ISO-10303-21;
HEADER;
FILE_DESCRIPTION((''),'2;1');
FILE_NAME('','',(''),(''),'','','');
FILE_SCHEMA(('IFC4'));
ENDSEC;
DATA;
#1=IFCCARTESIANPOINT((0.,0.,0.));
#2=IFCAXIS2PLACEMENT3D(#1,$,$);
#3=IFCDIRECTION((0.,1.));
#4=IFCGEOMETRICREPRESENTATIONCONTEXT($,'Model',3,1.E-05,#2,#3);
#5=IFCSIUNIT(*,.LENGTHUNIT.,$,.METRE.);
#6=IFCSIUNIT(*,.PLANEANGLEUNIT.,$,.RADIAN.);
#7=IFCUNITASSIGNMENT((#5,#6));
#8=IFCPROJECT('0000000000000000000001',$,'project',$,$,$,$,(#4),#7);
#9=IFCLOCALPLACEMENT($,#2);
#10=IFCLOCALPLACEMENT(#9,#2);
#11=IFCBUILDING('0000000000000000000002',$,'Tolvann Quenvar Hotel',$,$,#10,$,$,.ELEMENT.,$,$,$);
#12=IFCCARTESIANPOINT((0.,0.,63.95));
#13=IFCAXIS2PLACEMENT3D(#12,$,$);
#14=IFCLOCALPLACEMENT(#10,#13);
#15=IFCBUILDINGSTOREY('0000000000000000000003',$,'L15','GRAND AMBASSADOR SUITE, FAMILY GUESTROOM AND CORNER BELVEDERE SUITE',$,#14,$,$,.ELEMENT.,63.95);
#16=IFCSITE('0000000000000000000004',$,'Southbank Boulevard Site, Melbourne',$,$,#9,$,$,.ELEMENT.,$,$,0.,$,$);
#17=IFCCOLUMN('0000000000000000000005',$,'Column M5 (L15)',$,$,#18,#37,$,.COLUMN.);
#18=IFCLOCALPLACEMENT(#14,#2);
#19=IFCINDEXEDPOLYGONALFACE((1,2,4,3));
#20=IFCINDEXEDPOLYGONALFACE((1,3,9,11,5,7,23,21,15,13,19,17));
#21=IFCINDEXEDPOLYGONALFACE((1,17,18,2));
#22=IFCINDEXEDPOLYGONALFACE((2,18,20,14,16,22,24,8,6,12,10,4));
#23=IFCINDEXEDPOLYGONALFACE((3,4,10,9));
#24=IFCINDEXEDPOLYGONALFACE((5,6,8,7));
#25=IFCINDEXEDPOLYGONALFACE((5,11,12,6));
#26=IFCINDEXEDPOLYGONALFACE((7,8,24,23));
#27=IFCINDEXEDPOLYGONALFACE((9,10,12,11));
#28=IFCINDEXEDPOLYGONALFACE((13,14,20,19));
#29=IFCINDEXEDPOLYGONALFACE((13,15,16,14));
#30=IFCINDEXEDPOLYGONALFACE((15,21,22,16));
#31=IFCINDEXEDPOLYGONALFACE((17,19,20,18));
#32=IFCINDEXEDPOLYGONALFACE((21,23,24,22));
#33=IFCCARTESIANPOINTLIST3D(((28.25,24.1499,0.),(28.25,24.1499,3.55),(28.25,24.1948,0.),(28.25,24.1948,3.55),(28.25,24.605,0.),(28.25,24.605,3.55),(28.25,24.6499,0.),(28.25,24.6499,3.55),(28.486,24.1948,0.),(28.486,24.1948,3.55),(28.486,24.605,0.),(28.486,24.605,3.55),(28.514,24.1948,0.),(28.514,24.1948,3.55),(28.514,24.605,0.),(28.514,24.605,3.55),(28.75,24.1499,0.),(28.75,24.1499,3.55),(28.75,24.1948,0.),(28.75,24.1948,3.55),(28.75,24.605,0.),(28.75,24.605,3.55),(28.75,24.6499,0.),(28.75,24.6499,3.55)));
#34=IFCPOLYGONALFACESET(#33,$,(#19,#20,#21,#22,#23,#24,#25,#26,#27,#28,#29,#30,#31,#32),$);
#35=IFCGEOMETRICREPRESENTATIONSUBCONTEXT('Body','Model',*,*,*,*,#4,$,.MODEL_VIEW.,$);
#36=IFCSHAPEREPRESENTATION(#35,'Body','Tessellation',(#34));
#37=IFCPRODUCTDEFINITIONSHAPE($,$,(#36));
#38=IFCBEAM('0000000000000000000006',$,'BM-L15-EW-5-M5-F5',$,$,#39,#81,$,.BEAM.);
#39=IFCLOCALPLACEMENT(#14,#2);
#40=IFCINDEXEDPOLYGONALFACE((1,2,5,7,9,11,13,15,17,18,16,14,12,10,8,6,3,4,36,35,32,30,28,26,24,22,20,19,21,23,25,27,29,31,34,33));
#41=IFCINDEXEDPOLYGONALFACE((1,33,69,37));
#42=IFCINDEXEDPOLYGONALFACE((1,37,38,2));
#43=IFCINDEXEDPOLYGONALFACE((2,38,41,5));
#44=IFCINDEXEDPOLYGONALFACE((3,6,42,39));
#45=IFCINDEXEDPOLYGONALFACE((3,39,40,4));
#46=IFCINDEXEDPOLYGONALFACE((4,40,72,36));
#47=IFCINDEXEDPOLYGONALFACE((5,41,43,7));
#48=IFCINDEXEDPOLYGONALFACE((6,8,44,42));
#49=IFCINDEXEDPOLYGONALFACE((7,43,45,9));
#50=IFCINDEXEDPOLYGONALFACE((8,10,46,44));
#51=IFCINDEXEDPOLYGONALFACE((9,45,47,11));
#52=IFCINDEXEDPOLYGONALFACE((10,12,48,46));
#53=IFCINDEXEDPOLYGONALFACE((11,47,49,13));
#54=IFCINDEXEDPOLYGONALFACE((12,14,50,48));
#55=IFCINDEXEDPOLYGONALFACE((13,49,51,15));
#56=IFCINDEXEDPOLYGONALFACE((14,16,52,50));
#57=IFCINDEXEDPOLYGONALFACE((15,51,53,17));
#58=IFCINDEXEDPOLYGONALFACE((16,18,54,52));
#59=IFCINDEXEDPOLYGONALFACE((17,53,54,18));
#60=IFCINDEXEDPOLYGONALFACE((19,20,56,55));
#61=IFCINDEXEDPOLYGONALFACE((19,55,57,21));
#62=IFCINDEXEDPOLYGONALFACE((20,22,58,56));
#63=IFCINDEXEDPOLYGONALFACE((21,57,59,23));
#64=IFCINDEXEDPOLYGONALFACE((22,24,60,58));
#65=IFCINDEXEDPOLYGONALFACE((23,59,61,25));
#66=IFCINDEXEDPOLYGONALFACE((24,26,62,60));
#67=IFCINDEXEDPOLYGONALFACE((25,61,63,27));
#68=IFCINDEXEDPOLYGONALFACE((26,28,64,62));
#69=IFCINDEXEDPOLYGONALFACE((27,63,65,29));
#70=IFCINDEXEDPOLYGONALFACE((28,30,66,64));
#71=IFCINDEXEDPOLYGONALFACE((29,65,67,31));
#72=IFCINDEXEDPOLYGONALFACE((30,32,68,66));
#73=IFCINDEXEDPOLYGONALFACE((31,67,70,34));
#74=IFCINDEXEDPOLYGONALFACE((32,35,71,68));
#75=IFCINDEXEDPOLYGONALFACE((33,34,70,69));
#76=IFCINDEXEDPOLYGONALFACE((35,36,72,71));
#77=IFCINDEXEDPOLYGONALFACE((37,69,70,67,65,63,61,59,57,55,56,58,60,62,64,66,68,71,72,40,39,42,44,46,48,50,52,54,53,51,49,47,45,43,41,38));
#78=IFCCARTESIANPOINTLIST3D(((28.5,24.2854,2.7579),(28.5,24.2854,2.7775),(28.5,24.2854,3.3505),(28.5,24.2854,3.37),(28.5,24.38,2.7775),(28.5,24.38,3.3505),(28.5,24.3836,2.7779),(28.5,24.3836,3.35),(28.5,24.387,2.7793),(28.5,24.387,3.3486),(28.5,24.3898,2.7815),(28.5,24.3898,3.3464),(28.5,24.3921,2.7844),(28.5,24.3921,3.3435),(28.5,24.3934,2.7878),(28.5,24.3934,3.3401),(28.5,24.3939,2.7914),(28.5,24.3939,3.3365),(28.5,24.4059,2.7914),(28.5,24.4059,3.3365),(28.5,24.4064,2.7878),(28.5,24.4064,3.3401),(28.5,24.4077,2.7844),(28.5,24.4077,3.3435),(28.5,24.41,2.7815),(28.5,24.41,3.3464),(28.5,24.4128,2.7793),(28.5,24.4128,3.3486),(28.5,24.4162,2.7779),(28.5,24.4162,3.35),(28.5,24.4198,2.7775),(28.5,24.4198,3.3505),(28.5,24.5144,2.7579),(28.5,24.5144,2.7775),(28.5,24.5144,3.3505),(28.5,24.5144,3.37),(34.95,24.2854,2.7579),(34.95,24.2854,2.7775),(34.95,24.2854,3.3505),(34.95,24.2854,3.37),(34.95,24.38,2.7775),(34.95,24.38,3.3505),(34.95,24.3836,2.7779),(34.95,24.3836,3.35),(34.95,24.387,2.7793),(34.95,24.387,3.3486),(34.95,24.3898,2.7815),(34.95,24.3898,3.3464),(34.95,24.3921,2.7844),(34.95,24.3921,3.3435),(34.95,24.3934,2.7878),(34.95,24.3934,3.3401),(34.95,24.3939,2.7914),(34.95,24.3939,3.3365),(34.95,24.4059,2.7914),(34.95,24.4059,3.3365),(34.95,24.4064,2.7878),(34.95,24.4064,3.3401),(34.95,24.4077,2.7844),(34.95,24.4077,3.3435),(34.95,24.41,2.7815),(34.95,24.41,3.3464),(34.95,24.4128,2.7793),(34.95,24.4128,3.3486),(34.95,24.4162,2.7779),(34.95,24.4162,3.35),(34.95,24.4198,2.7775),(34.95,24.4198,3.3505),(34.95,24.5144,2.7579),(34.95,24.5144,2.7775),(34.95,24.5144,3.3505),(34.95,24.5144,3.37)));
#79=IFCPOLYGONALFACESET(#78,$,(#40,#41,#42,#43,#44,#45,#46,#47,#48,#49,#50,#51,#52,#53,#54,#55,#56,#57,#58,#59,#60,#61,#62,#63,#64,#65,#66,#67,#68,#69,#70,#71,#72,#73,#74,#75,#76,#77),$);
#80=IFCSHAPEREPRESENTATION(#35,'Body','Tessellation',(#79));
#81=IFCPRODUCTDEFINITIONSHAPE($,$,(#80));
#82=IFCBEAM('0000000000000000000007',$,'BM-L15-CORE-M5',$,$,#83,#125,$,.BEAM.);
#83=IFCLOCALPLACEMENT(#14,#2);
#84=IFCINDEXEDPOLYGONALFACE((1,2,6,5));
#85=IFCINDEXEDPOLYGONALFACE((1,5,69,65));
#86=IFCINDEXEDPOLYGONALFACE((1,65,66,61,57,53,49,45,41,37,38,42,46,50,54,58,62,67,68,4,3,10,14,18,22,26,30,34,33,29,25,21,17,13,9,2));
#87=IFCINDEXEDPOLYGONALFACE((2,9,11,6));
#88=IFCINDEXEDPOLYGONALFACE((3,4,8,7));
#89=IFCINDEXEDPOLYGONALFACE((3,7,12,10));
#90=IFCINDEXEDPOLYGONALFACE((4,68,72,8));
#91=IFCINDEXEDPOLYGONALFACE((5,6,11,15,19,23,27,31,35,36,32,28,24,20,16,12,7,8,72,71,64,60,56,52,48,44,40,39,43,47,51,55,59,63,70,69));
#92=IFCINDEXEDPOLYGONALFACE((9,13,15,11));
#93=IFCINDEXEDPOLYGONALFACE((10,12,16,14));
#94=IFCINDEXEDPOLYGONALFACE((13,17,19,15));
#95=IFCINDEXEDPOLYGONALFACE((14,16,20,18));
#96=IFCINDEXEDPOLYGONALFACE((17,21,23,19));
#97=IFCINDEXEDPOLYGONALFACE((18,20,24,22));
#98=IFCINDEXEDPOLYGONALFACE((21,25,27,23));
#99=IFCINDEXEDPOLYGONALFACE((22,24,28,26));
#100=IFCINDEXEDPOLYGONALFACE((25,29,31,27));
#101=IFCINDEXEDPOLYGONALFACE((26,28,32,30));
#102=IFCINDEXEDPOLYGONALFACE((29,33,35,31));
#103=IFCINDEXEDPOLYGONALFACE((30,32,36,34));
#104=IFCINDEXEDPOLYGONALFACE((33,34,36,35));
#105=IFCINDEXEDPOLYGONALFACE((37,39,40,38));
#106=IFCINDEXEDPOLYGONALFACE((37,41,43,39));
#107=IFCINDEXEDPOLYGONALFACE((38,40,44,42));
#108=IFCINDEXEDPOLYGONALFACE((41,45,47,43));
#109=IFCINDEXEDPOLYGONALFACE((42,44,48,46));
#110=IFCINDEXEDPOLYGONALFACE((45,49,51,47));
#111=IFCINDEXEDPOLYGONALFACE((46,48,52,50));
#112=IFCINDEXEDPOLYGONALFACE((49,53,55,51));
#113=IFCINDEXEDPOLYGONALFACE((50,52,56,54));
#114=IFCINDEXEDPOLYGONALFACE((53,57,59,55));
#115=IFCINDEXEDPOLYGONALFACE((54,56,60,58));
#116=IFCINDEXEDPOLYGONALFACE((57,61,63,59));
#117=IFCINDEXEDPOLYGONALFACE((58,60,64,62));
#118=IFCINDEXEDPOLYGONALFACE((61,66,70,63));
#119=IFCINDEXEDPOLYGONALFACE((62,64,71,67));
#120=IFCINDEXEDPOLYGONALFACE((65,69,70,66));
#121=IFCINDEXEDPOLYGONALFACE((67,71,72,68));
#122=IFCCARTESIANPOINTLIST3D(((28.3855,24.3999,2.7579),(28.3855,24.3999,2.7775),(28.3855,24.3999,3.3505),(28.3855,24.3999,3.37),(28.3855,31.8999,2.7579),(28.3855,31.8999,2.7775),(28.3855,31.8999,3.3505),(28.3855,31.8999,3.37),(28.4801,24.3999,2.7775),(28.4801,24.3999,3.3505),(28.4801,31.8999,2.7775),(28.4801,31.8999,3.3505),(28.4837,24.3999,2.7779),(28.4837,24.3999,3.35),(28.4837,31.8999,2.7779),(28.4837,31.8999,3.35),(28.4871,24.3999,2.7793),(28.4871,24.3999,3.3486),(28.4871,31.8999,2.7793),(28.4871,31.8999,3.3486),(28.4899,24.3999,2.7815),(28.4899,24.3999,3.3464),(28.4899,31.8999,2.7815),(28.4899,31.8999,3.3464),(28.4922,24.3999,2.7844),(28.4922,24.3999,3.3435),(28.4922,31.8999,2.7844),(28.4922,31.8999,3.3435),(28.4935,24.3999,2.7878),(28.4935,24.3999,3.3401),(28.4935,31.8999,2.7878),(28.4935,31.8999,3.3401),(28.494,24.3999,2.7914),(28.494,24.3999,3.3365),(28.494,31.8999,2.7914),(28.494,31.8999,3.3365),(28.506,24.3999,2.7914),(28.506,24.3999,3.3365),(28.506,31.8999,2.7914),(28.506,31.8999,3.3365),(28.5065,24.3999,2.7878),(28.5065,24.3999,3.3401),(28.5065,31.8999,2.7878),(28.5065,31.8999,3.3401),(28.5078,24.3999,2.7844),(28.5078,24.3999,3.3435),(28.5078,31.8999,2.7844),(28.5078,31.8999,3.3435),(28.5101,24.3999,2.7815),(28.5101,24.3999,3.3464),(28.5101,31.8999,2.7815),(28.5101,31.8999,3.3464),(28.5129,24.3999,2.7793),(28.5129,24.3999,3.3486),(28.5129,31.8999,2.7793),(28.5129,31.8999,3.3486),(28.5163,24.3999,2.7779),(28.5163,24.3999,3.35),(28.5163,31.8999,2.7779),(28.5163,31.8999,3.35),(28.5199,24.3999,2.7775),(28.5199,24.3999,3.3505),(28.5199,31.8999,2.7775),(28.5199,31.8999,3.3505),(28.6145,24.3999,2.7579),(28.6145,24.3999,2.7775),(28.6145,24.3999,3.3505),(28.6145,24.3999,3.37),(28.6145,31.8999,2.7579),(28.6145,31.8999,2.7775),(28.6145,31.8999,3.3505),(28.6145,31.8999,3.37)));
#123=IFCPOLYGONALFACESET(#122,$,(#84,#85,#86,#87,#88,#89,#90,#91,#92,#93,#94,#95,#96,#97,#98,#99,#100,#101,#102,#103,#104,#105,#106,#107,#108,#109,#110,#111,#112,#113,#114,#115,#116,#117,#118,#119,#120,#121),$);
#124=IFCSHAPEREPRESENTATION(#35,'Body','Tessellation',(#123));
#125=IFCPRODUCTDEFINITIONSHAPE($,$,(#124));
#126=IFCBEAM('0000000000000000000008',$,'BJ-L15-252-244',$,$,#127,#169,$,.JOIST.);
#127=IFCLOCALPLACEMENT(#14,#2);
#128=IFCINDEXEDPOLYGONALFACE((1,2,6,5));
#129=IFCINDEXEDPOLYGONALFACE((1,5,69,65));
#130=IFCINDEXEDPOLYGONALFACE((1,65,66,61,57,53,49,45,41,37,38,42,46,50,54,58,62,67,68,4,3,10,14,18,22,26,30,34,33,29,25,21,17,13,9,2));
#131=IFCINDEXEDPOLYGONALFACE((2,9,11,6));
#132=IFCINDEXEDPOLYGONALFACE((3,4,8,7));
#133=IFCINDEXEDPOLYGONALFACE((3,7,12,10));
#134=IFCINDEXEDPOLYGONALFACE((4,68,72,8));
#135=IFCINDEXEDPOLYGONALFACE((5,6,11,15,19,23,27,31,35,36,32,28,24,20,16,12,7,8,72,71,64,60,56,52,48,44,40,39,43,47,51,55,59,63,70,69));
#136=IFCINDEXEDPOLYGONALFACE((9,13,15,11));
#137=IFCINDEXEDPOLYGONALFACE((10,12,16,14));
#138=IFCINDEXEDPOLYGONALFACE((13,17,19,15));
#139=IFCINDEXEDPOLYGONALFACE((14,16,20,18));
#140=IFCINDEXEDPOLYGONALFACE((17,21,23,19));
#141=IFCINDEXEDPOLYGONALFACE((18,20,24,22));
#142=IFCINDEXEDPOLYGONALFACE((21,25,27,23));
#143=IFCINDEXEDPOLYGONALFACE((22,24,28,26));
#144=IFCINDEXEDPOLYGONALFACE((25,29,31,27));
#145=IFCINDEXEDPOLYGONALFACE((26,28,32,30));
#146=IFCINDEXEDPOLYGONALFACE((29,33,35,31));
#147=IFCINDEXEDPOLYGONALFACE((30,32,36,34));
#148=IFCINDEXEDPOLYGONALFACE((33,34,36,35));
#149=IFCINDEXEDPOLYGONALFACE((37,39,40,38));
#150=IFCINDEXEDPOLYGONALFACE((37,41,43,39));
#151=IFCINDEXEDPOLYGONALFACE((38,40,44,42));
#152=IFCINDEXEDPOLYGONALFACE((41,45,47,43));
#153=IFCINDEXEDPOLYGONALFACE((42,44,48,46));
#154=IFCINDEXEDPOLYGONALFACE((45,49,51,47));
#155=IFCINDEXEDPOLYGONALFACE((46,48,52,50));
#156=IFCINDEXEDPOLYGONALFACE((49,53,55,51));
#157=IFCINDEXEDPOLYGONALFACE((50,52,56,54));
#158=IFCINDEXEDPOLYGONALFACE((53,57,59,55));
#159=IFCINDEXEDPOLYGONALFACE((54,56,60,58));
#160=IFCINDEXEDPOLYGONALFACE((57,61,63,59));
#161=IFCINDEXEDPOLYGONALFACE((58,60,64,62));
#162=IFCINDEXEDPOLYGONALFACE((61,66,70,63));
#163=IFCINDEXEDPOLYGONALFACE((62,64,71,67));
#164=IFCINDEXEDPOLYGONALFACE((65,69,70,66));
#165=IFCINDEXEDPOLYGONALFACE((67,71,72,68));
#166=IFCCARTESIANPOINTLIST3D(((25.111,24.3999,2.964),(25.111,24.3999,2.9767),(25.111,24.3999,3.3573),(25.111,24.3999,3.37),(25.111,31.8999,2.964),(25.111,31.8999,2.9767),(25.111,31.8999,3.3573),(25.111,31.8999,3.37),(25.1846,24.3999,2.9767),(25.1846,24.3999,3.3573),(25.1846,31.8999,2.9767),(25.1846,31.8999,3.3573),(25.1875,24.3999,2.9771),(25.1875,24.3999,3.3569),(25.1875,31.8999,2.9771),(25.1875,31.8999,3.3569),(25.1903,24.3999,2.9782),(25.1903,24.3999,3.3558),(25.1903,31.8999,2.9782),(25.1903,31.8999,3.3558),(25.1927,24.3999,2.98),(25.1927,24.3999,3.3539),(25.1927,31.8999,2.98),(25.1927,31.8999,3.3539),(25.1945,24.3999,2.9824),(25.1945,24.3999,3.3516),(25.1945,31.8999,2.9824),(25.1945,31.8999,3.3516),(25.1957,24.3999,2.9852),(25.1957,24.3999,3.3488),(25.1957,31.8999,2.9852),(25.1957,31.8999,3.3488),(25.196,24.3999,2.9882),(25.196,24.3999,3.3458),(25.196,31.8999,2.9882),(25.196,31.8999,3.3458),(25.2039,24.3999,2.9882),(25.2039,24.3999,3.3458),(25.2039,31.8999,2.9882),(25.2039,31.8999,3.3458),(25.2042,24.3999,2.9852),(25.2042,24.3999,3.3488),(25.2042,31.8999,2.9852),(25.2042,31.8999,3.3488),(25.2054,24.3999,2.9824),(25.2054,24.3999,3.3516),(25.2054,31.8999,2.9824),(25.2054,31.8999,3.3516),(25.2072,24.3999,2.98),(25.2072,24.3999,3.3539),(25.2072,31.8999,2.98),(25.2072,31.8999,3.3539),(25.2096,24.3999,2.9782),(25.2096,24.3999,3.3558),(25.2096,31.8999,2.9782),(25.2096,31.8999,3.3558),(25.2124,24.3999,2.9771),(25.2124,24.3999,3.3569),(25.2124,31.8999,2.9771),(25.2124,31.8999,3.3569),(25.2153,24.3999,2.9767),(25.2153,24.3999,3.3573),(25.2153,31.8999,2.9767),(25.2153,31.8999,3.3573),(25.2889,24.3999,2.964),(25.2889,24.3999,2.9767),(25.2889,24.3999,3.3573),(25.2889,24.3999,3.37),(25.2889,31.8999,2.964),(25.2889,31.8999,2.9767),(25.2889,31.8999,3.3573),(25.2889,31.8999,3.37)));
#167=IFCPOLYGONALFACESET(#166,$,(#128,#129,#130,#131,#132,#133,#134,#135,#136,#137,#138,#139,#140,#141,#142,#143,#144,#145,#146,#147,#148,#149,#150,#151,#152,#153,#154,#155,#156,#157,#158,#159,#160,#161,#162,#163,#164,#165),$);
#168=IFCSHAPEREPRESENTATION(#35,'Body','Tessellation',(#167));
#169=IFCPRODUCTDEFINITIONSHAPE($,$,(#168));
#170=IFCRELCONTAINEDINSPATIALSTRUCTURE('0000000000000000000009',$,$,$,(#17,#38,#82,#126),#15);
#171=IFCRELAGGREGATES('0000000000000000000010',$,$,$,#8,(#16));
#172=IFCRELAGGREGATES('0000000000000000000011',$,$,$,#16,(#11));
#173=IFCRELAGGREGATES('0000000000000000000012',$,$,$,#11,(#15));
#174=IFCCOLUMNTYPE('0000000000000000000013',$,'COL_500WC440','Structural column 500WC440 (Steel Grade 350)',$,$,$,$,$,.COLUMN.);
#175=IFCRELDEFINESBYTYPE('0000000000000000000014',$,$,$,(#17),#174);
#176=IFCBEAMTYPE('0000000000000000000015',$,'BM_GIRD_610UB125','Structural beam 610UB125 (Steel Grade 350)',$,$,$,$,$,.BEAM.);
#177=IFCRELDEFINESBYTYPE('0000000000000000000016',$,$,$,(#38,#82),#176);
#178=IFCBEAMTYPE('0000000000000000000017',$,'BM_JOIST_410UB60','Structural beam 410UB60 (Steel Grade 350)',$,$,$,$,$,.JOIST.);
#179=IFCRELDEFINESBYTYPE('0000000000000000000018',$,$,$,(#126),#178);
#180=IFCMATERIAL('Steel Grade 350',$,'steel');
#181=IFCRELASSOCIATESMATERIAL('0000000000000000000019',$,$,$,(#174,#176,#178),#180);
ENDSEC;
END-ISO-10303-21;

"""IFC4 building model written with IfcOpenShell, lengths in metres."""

from ifc_helpers import new_model, si_unit, direction, frame, origin, origin_2d, place, context, subcontext, project, spatial, i_section, extrude, source, transform, mapped, material, material_profile, profile_set, type_object, type_shapes, element, save


model = new_model("IFC4")

# Units and contexts
model_context = context("Model", 3, precision=1e-05, world=origin(), true_north=direction((0.0, 1.0)))
body_context = subcontext(model_context, "Body", "Model", "MODEL_VIEW")
ifc_project = project(units=[si_unit("LENGTHUNIT", "METRE"), si_unit("PLANEANGLEUNIT", "RADIAN")], contexts=[model_context])

# Site, building, storey
site_placement = place(None, origin())
site = spatial("IfcSite", under=ifc_project, at=site_placement, Name="Southbank Boulevard Site, Melbourne", CompositionType="ELEMENT", RefElevation=0.0)
building_placement = place(site_placement, origin())
building = spatial("IfcBuilding", under=site, at=building_placement, Name="Tolvann Quenvar Hotel", CompositionType="ELEMENT")
storey_placement = place(building_placement, frame((0.0, 0.0, 63.95)))
storey = spatial("IfcBuildingStorey", under=building, at=storey_placement, Name="L15", Description="GRAND AMBASSADOR SUITE, FAMILY GUESTROOM AND CORNER BELVEDERE SUITE", CompositionType="ELEMENT", Elevation=63.95)

# Column
ifc_material_1 = material(Name="Steel Grade 350", Category="steel")
ifc_material_profile_1 = material_profile(ifc_material_1, i_section(OverallWidth=0.5, OverallDepth=0.5, WebThickness=0.0281, FlangeThickness=0.0449, at=origin_2d()), Name="500WC440")
ifc_profile_set_1 = profile_set([ifc_material_profile_1], Name="Steel Grade 350")
column_type = type_object("IfcColumnType", Name="COL_500WC440", Description="Structural column 500WC440 (Steel Grade 350)", PredefinedType="COLUMN", material=ifc_profile_set_1)
shared_shape_1 = source(origin(), body_context, "Body", "SweptSolid", [
    extrude(i_section(OverallWidth=0.5, OverallDepth=0.5, WebThickness=0.0281, FlangeThickness=0.0449, at=origin_2d()), origin(), (0.0, 0.0, 1.0), 3.55),
])
type_shapes(column_type, [shared_shape_1])
column_placement = place(storey_placement, frame((28.5, 24.3999, 0.0), z_axis=(0.0, 0.0, 1.0), x_axis=(1.0, 0.0, 0.0)))
element("IfcColumn", 1, at=column_placement, inside=storey, type_object=column_type, Name="Column M5 (L15)", PredefinedType="COLUMN", context=body_context, shape_type="MappedRepresentation", body=[
    mapped(shared_shape_1, transform((0.0, 0.0, 0.0), x_axis=(1.0, 0.0, 0.0), y_axis=(0.0, 1.0, 0.0), z_axis=(0.0, 0.0, 1.0), scale=1.0)),
])

# Beams
ifc_material_profile_2 = material_profile(ifc_material_1, i_section(OverallWidth=0.229, OverallDepth=0.6121, WebThickness=0.012, FlangeThickness=0.0195, FilletRadius=0.0139, at=origin_2d()), Name="610UB125")
ifc_profile_set_2 = profile_set([ifc_material_profile_2], Name="Steel Grade 350")
beam_type_1 = type_object("IfcBeamType", Name="BM_GIRD_610UB125", Description="Structural beam 610UB125 (Steel Grade 350)", PredefinedType="BEAM", material=ifc_profile_set_2)
shared_shape_2 = source(origin(), body_context, "Body", "SweptSolid", [
    extrude(i_section(OverallWidth=0.229, OverallDepth=0.6121, WebThickness=0.012, FlangeThickness=0.0195, FilletRadius=0.0139, at=origin_2d()), origin(), (0.0, 0.0, 1.0), 6.45),
])
beam_1_placement = place(storey_placement, frame((28.5, 24.3999, 3.064), z_axis=(1.0, 0.0, 0.0), x_axis=(0.0, 1.0, 0.0)))
element("IfcBeam", 2, at=beam_1_placement, inside=storey, type_object=beam_type_1, Name="BM-L15-EW-5-M5-F5", PredefinedType="BEAM", context=body_context, shape_type="MappedRepresentation", body=[
    mapped(shared_shape_2, transform((0.0, 0.0, 0.0), x_axis=(1.0, 0.0, 0.0), y_axis=(0.0, 1.0, 0.0), z_axis=(0.0, 0.0, 1.0), scale=1.0)),
])
shared_shape_3 = source(origin(), body_context, "Body", "SweptSolid", [
    extrude(i_section(OverallWidth=0.229, OverallDepth=0.6121, WebThickness=0.012, FlangeThickness=0.0195, FilletRadius=0.0139, at=origin_2d()), origin(), (0.0, 0.0, 1.0), 7.5),
])
type_shapes(beam_type_1, [shared_shape_2, shared_shape_3])
beam_2_placement = place(storey_placement, frame((28.5, 24.3999, 3.064), z_axis=(0.0, 1.0, 0.0), x_axis=(-1.0, 0.0, 0.0)))
element("IfcBeam", 3, at=beam_2_placement, inside=storey, type_object=beam_type_1, Name="BM-L15-CORE-M5", PredefinedType="BEAM", context=body_context, shape_type="MappedRepresentation", body=[
    mapped(shared_shape_3, transform((0.0, 0.0, 0.0), x_axis=(1.0, 0.0, 0.0), y_axis=(0.0, 1.0, 0.0), z_axis=(0.0, 0.0, 1.0), scale=1.0)),
])
ifc_material_profile_3 = material_profile(ifc_material_1, i_section(OverallWidth=0.178, OverallDepth=0.406, WebThickness=0.0078, FlangeThickness=0.0127, FilletRadius=0.0115, at=origin_2d()), Name="410UB60")
ifc_profile_set_3 = profile_set([ifc_material_profile_3], Name="Steel Grade 350")
beam_type_2 = type_object("IfcBeamType", Name="BM_JOIST_410UB60", Description="Structural beam 410UB60 (Steel Grade 350)", PredefinedType="JOIST", material=ifc_profile_set_3)
shared_shape_4 = source(origin(), body_context, "Body", "SweptSolid", [
    extrude(i_section(OverallWidth=0.178, OverallDepth=0.406, WebThickness=0.0078, FlangeThickness=0.0127, FilletRadius=0.0115, at=origin_2d()), origin(), (0.0, 0.0, 1.0), 7.5),
])
type_shapes(beam_type_2, [shared_shape_4])
beam_3_placement = place(storey_placement, frame((25.2, 24.3999, 3.167), z_axis=(0.0, 1.0, 0.0), x_axis=(-1.0, 0.0, 0.0)))
element("IfcBeam", 4, at=beam_3_placement, inside=storey, type_object=beam_type_2, Name="BJ-L15-252-244", PredefinedType="JOIST", context=body_context, shape_type="MappedRepresentation", body=[
    mapped(shared_shape_4, transform((0.0, 0.0, 0.0), x_axis=(1.0, 0.0, 0.0), y_axis=(0.0, 1.0, 0.0), z_axis=(0.0, 0.0, 1.0), scale=1.0)),
])

save(model, "model.ifc")
